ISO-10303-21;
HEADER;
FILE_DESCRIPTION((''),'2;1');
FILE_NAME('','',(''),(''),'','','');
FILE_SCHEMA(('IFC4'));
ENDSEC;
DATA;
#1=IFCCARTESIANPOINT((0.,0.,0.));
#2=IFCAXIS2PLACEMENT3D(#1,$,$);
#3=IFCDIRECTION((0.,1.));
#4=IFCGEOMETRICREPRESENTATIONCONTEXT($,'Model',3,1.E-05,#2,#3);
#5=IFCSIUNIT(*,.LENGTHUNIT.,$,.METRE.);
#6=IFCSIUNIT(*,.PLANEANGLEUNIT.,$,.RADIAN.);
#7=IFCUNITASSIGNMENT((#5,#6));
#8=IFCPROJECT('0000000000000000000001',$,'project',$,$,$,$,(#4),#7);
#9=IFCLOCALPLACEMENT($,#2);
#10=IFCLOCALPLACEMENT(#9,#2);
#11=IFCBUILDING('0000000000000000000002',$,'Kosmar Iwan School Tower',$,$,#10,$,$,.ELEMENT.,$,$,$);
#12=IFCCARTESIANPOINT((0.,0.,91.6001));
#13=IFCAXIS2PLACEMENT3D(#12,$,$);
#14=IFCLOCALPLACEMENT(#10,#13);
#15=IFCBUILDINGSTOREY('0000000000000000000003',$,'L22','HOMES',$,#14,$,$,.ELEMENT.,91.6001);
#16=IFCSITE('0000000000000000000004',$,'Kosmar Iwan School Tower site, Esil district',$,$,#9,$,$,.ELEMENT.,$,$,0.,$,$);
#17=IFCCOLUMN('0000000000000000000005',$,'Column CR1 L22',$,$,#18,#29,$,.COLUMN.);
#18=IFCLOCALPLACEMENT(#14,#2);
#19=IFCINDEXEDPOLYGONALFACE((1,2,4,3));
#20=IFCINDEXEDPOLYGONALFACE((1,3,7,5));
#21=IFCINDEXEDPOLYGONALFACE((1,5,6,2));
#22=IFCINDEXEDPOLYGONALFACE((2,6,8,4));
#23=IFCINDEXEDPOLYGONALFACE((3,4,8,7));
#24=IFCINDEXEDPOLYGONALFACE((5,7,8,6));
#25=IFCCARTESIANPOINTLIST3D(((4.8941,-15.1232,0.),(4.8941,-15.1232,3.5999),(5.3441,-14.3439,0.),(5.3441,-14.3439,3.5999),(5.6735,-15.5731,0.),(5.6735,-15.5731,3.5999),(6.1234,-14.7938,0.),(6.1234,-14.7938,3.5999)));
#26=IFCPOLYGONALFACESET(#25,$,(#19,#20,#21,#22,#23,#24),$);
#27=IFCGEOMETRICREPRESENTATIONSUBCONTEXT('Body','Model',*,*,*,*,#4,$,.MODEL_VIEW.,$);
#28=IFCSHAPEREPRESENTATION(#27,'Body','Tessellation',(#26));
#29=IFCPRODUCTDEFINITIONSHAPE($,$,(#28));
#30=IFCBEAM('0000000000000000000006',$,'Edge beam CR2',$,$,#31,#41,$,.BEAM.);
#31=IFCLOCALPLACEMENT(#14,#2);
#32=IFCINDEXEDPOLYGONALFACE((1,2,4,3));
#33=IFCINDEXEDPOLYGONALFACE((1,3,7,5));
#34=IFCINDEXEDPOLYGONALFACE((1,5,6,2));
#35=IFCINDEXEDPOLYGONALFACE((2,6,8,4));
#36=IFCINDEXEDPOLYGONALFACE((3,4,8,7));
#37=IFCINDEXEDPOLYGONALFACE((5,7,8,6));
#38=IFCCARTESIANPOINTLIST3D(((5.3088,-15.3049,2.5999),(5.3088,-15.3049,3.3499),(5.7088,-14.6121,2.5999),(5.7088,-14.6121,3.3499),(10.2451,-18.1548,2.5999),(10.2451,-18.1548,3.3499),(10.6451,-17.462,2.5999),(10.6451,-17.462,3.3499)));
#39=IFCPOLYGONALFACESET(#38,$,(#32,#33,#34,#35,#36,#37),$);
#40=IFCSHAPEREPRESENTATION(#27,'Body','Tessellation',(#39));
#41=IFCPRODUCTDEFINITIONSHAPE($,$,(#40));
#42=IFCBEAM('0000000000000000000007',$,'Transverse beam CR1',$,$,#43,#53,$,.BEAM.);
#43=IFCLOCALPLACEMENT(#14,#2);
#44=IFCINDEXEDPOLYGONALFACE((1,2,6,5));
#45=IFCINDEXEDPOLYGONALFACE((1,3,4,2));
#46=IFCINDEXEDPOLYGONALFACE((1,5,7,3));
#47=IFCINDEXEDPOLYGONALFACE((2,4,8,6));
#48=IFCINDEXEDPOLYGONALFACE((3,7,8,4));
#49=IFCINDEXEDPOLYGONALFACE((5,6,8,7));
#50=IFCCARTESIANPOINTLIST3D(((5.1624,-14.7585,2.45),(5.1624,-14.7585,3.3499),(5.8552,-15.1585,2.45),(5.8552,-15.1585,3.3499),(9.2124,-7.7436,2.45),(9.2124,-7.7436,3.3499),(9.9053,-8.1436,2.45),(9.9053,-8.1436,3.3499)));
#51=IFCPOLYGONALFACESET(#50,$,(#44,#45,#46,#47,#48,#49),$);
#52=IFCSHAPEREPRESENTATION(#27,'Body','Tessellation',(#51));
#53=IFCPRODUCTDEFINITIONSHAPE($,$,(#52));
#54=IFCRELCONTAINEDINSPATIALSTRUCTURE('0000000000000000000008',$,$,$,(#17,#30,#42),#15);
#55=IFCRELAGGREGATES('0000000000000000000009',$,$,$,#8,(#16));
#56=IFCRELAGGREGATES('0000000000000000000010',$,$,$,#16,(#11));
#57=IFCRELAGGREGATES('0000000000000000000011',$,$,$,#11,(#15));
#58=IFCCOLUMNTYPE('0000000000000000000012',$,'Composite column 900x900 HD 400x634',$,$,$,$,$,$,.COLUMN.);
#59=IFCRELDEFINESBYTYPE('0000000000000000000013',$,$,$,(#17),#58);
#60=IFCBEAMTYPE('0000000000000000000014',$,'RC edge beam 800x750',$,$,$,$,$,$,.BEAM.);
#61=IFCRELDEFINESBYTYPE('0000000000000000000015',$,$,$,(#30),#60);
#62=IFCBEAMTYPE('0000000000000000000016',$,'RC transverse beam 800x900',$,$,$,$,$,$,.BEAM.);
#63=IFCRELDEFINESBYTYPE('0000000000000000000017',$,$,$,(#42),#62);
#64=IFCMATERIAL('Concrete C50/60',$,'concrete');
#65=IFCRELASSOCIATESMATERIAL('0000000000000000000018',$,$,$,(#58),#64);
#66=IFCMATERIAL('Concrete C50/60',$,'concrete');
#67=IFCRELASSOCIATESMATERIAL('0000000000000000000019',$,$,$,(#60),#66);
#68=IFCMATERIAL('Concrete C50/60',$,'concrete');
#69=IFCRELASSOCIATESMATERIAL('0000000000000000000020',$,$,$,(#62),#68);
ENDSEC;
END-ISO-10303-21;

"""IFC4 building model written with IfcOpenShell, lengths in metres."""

from ifc_helpers import new_model, si_unit, direction, frame, origin, origin_2d, place, context, subcontext, project, spatial, rectangle, extrude, material, material_profile, profile_set, type_object, element, save


model = new_model("IFC4")

# Units and contexts
model_context = context("Model", 3, precision=1e-05, world=origin(), true_north=direction((0.0, 1.0)))
body_context = subcontext(model_context, "Body", "Model", "MODEL_VIEW")
ifc_project = project(units=[si_unit("LENGTHUNIT", "METRE"), si_unit("PLANEANGLEUNIT", "RADIAN")], contexts=[model_context])

# Site, building, storey
site_placement = place(None, origin())
site = spatial("IfcSite", under=ifc_project, at=site_placement, Name="Kosmar Iwan School Tower site, Esil district", CompositionType="ELEMENT", RefElevation=0.0)
building_placement = place(site_placement, origin())
building = spatial("IfcBuilding", under=site, at=building_placement, Name="Kosmar Iwan School Tower", CompositionType="ELEMENT")
storey_placement = place(building_placement, frame((0.0, 0.0, 91.6001)))
storey = spatial("IfcBuildingStorey", under=building, at=storey_placement, Name="L22", Description="HOMES", CompositionType="ELEMENT", Elevation=91.6001)

# Column
ifc_material_1 = material(Name="Concrete C50/60", Category="concrete")
ifc_material_profile_1 = material_profile(ifc_material_1, rectangle(XDim=0.8999, YDim=0.8999, at=origin_2d()), Name="RC 900x900 + HD 400x634")
ifc_profile_set_1 = profile_set([ifc_material_profile_1], Name="Concrete C50/60")
column_type = type_object("IfcColumnType", Name="Composite column 900x900 HD 400x634", PredefinedType="COLUMN", material=ifc_profile_set_1)
column_placement = place(storey_placement, frame((5.5088, -14.9585, 0.0), z_axis=(0.0, 0.0, 1.0), x_axis=(0.866025, -0.5, 0.0)))
element("IfcColumn", 1, at=column_placement, inside=storey, type_object=column_type, Name="Column CR1 L22", PredefinedType="COLUMN", context=body_context, shape_type="SweptSolid", body=[
    extrude(rectangle(XDim=0.8999, YDim=0.8999, at=origin_2d()), origin(), (0.0, 0.0, 1.0), 3.5999),
])

# Beams
ifc_material_2 = material(Name="Concrete C50/60", Category="concrete")
ifc_material_profile_2 = material_profile(ifc_material_2, rectangle(XDim=0.8, YDim=0.75, at=origin_2d()), Name="RC 800x750")
ifc_profile_set_2 = profile_set([ifc_material_profile_2], Name="Concrete C50/60")
beam_type_1 = type_object("IfcBeamType", Name="RC edge beam 800x750", PredefinedType="BEAM", material=ifc_profile_set_2)
beam_1_placement = place(storey_placement, frame((5.5088, -14.9585, 2.9749), z_axis=(0.866034, -0.499986, 0.0), x_axis=(0.499986, 0.866034, 0.0)))
element("IfcBeam", 2, at=beam_1_placement, inside=storey, type_object=beam_type_1, Name="Edge beam CR2", PredefinedType="BEAM", context=body_context, shape_type="SweptSolid", body=[
    extrude(rectangle(XDim=0.8, YDim=0.75, at=origin_2d()), origin(), (0.0, 0.0, 1.0), 5.7),
])
ifc_material_3 = material(Name="Concrete C50/60", Category="concrete")
ifc_material_profile_3 = material_profile(ifc_material_3, rectangle(XDim=0.8, YDim=0.8999, at=origin_2d()), Name="RC 800x900")
ifc_profile_set_3 = profile_set([ifc_material_profile_3], Name="Concrete C50/60")
beam_type_2 = type_object("IfcBeamType", Name="RC transverse beam 800x900", PredefinedType="BEAM", material=ifc_profile_set_3)
beam_2_placement = place(storey_placement, frame((5.5088, -14.9585, 2.8999), z_axis=(0.5, 0.866025, 0.0), x_axis=(-0.866025, 0.5, 0.0)))
element("IfcBeam", 3, at=beam_2_placement, inside=storey, type_object=beam_type_2, Name="Transverse beam CR1", PredefinedType="BEAM", context=body_context, shape_type="SweptSolid", body=[
    extrude(rectangle(XDim=0.8, YDim=0.8999, at=origin_2d()), origin(), (0.0, 0.0, 1.0), 8.1001),
])

save(model, "model.ifc")
